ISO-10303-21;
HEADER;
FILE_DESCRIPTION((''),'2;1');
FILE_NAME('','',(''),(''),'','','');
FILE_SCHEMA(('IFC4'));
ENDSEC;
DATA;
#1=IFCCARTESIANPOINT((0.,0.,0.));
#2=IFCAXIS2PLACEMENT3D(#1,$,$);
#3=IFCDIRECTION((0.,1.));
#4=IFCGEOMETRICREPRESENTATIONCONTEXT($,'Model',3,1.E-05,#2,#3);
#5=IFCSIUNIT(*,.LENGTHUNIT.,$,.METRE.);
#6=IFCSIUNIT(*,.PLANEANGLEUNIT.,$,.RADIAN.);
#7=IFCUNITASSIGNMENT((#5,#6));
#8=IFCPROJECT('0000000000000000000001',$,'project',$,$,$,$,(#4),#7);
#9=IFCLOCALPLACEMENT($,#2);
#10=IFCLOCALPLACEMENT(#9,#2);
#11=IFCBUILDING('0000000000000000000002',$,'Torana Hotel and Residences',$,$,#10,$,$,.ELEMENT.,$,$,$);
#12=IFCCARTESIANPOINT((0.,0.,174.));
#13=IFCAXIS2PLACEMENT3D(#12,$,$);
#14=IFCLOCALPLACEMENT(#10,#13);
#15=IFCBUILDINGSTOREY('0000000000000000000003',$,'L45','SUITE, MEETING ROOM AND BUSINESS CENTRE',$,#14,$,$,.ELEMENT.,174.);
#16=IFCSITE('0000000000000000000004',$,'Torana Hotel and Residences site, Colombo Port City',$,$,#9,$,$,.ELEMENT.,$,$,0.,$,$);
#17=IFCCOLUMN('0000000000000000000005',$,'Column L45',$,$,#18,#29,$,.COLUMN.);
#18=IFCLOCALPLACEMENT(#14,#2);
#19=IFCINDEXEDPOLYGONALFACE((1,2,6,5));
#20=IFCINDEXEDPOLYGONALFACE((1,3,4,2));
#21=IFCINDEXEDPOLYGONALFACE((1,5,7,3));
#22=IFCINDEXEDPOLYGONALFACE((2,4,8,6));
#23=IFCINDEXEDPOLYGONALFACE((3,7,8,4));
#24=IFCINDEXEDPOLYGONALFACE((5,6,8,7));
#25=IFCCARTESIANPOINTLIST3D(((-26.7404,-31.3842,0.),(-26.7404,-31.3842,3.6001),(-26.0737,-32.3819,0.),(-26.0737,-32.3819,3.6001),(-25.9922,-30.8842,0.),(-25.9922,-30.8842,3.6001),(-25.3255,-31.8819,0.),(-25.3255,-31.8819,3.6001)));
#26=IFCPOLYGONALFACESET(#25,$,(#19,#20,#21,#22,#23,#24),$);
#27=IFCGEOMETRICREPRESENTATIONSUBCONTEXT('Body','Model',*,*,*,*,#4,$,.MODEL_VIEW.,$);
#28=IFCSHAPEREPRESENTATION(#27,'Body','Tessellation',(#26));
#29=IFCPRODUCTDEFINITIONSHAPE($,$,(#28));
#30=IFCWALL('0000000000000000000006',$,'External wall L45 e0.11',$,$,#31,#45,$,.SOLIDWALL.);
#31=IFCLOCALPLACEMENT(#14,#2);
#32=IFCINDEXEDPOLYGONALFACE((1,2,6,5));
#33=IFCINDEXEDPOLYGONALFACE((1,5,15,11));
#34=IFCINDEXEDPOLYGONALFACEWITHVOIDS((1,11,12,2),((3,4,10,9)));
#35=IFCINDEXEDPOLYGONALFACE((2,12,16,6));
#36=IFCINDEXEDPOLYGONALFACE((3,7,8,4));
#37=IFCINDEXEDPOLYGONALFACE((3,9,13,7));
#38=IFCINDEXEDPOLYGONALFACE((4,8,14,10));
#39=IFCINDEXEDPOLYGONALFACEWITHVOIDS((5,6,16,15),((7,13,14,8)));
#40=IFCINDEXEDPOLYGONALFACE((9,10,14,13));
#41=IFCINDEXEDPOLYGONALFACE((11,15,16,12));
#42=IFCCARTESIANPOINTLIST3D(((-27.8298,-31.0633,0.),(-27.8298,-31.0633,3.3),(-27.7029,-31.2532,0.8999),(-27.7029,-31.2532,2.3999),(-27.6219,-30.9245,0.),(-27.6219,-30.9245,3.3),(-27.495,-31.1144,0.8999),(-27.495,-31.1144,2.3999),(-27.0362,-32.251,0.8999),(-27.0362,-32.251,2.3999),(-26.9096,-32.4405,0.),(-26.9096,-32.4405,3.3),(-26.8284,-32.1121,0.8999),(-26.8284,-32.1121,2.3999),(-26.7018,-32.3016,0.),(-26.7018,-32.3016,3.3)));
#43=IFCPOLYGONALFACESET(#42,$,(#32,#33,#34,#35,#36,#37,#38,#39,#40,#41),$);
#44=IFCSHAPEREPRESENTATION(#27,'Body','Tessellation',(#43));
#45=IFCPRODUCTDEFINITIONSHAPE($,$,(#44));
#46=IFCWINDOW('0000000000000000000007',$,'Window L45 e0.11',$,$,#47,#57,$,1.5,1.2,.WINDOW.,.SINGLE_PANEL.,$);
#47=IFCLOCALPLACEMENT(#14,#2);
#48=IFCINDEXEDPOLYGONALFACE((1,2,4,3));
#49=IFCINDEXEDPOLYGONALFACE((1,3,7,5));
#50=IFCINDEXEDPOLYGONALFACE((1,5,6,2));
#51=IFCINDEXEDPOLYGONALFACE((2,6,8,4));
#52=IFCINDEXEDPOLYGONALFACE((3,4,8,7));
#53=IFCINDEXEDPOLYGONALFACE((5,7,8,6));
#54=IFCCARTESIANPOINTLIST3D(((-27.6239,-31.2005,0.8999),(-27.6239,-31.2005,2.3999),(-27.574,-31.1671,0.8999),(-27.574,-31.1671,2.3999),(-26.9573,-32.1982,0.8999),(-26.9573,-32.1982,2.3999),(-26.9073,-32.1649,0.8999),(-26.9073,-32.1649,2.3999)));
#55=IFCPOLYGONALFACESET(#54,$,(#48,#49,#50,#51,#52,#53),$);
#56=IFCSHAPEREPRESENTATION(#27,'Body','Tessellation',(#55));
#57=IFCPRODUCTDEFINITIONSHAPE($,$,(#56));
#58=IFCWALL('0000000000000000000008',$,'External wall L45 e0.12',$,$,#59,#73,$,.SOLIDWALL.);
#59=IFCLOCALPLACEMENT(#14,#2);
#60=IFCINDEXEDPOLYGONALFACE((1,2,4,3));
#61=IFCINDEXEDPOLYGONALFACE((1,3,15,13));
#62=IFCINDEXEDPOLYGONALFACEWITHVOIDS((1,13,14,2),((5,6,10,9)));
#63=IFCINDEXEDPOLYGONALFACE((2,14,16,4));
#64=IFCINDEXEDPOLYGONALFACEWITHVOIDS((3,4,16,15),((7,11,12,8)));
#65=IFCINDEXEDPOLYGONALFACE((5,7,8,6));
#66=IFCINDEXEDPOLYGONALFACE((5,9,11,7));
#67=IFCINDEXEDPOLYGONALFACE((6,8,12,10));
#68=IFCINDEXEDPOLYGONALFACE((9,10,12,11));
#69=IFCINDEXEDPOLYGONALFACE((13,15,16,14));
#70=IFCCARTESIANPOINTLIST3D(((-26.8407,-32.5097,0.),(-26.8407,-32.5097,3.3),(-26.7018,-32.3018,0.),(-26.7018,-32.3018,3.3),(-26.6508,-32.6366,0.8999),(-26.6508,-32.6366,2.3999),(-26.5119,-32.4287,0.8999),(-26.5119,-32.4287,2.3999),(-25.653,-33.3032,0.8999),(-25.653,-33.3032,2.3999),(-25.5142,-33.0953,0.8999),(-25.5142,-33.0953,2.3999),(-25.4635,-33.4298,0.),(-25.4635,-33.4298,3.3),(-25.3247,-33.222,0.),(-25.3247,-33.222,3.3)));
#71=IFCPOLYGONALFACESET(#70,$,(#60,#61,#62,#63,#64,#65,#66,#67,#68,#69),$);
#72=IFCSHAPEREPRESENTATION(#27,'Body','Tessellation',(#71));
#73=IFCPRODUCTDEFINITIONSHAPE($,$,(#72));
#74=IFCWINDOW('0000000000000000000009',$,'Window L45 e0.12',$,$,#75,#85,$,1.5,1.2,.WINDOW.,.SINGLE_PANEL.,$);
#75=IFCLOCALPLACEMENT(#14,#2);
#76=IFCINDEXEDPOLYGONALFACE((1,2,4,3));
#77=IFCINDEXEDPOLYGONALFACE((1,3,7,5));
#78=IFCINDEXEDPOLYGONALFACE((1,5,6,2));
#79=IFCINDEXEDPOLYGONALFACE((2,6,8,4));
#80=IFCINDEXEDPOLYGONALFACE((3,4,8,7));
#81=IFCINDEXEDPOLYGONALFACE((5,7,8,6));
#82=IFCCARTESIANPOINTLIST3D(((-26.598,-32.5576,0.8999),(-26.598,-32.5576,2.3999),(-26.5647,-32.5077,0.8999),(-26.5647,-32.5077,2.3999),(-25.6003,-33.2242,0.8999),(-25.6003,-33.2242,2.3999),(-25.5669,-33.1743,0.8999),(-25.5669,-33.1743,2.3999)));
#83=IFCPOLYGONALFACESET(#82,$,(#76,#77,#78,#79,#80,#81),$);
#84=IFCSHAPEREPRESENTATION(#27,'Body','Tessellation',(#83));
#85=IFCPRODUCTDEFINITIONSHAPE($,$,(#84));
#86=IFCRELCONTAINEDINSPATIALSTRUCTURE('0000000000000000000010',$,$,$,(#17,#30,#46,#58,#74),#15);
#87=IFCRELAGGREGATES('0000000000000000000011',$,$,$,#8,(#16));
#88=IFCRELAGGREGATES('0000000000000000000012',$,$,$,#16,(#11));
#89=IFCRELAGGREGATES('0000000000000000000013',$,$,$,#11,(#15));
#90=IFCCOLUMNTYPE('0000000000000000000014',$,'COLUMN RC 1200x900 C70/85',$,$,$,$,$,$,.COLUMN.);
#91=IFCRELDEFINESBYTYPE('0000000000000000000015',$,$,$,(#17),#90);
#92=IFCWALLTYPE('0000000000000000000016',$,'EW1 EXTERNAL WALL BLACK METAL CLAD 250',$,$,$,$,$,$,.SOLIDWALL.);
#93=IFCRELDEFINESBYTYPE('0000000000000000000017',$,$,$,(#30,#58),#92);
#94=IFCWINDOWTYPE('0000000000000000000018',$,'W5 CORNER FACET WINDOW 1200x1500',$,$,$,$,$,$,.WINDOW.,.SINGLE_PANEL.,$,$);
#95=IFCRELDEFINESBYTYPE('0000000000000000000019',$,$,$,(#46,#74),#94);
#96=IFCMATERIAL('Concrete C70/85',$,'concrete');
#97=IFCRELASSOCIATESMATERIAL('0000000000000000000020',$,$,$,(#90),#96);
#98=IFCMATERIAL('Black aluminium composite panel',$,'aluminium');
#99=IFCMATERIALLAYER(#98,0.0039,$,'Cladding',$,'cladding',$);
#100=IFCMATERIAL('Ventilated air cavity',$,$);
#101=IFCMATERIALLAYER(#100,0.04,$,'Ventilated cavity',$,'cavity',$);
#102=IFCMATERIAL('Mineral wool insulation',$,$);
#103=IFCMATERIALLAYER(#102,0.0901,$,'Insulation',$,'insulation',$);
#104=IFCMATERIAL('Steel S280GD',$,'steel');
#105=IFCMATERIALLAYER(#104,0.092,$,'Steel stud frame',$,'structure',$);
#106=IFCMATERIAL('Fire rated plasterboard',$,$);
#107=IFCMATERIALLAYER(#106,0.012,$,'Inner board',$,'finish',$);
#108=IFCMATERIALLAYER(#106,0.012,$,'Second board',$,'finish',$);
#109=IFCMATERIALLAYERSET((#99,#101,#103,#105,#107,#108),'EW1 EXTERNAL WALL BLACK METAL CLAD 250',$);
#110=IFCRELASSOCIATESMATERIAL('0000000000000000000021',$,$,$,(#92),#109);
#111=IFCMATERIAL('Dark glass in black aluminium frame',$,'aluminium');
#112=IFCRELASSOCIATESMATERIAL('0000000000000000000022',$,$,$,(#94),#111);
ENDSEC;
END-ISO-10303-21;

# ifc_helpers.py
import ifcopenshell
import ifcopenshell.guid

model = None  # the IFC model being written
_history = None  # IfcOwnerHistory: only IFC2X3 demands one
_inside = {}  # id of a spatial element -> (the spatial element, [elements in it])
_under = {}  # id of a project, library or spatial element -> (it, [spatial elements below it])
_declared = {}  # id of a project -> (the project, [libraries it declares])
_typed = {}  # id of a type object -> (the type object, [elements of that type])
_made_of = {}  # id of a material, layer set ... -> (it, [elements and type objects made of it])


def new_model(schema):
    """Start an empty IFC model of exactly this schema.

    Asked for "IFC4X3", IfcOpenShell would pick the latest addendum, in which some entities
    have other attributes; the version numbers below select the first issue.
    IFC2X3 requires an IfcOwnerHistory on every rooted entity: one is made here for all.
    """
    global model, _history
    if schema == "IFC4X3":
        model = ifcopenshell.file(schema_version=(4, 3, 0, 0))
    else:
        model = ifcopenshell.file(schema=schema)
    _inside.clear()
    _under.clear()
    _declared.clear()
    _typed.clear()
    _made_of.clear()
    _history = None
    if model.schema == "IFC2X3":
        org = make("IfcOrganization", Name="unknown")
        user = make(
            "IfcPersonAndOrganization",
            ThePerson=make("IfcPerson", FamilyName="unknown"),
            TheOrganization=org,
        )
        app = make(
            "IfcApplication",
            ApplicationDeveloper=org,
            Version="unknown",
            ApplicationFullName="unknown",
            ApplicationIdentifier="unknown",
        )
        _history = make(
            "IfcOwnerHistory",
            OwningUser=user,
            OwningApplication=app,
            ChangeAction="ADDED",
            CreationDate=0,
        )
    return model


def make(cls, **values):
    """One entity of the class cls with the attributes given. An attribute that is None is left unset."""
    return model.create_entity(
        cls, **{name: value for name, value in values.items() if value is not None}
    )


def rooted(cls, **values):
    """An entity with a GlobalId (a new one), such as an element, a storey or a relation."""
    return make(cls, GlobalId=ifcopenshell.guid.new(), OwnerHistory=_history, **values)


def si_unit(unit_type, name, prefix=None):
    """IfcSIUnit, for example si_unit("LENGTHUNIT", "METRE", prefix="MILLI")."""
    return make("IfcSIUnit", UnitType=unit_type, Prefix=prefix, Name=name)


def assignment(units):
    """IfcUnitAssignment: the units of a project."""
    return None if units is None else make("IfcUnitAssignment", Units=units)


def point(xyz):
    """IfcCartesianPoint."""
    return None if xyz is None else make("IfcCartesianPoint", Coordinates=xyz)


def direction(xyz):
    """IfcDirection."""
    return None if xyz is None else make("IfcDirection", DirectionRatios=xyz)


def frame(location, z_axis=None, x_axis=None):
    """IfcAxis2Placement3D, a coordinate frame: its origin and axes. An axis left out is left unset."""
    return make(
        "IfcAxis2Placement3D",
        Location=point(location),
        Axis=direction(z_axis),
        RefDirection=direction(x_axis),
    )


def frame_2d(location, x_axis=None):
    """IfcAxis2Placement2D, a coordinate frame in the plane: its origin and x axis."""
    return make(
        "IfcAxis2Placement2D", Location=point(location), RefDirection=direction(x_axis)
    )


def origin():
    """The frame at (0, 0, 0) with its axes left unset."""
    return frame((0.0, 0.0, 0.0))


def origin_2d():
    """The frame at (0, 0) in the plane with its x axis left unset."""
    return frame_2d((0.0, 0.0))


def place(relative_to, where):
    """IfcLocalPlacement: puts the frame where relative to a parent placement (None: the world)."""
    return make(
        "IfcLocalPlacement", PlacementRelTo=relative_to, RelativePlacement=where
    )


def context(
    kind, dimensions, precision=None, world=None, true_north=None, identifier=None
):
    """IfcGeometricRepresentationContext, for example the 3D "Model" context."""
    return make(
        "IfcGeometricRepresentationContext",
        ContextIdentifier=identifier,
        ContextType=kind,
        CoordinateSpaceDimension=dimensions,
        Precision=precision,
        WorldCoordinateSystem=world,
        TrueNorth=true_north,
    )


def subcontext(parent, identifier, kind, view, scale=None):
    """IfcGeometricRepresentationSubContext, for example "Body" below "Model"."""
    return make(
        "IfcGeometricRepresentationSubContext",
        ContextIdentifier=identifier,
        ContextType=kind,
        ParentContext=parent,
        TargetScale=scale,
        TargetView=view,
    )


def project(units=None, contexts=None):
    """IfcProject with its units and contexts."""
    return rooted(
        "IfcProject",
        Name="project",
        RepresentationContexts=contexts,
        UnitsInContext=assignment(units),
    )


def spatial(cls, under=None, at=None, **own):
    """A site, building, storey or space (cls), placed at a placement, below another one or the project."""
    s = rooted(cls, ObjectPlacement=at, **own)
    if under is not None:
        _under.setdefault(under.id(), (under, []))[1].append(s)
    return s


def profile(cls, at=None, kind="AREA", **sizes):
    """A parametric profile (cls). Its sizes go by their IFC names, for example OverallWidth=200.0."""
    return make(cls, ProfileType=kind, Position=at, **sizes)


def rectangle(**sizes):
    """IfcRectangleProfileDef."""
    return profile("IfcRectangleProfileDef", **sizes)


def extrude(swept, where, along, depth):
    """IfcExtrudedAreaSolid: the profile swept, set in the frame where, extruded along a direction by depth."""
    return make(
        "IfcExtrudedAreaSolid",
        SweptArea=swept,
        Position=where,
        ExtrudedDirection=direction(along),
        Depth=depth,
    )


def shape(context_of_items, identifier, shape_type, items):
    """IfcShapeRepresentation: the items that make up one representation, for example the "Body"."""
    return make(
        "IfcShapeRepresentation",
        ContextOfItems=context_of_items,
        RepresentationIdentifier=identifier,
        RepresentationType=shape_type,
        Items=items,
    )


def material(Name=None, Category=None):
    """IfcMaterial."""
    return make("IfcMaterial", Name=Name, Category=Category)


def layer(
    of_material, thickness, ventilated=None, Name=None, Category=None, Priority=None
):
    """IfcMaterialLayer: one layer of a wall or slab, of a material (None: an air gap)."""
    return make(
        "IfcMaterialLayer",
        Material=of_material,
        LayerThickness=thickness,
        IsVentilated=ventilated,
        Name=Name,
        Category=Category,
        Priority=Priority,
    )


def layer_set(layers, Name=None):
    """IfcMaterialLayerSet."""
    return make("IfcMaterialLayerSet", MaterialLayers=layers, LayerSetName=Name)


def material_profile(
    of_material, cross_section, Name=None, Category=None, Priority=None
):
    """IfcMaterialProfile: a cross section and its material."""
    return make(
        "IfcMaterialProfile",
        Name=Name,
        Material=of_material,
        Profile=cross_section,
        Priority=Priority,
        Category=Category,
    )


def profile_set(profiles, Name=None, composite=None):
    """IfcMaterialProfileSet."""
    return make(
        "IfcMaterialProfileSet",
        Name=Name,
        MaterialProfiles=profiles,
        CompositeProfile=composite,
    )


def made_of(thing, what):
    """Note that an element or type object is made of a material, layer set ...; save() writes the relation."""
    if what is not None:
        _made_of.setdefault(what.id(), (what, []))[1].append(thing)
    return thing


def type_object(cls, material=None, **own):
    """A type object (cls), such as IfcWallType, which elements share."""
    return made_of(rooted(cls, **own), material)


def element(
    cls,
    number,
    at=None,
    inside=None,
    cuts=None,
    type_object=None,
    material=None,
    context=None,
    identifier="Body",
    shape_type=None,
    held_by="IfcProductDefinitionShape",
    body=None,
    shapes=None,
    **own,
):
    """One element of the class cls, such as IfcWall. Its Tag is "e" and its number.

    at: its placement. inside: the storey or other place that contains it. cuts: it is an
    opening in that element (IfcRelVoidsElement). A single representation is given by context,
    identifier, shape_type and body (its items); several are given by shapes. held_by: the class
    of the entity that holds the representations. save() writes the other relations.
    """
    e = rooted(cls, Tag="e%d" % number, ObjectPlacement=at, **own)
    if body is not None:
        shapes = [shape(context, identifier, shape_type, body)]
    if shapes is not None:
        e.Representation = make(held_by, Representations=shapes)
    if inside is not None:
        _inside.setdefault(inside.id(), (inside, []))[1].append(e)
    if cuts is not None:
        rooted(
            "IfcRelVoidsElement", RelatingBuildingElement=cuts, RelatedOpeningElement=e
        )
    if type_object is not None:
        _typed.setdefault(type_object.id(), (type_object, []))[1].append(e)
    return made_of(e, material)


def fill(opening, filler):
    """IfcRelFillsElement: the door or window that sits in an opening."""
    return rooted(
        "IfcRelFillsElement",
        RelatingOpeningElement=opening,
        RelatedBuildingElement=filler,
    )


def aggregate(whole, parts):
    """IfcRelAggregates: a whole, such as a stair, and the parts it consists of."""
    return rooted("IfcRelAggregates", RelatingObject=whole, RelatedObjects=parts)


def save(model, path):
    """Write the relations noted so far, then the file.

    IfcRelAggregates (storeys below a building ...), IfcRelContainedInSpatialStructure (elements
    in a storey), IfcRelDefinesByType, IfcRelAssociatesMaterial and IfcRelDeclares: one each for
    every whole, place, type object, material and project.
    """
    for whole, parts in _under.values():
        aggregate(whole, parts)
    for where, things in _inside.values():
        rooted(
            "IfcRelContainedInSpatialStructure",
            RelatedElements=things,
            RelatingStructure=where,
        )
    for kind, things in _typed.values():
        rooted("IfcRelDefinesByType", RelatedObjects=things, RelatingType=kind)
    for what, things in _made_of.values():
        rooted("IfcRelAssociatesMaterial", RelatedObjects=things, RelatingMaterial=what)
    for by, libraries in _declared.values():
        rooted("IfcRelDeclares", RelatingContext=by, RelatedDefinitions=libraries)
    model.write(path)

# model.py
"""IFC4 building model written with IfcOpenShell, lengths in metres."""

from ifc_helpers import new_model, si_unit, direction, frame, frame_2d, origin, origin_2d, place, context, subcontext, project, spatial, rectangle, extrude, material, layer, layer_set, material_profile, profile_set, type_object, element, fill, save


model = new_model("IFC4")

# Units and contexts
model_context = context("Model", 3, precision=1e-05, world=origin(), true_north=direction((0.0, 1.0)))
body_context = subcontext(model_context, "Body", "Model", "MODEL_VIEW")
ifc_project = project(units=[si_unit("LENGTHUNIT", "METRE"), si_unit("PLANEANGLEUNIT", "RADIAN")], contexts=[model_context])

# Site, building, storey
site_placement = place(None, origin())
site = spatial("IfcSite", under=ifc_project, at=site_placement, Name="Torana Hotel and Residences site, Colombo Port City", CompositionType="ELEMENT", RefElevation=0.0)
building_placement = place(site_placement, origin())
building = spatial("IfcBuilding", under=site, at=building_placement, Name="Torana Hotel and Residences", CompositionType="ELEMENT")
storey_placement = place(building_placement, frame((0.0, 0.0, 174.0)))
storey = spatial("IfcBuildingStorey", under=building, at=storey_placement, Name="L45", Description="SUITE, MEETING ROOM AND BUSINESS CENTRE", CompositionType="ELEMENT", Elevation=174.0)

# Column
ifc_material_1 = material(Name="Concrete C70/85", Category="concrete")
ifc_material_profile = material_profile(ifc_material_1, rectangle(XDim=1.2, YDim=0.8999, at=origin_2d()), Name="RC 1200x900")
ifc_profile_set = profile_set([ifc_material_profile], Name="Concrete C70/85")
column_type = type_object("IfcColumnType", Name="COLUMN RC 1200x900 C70/85", PredefinedType="COLUMN", material=ifc_profile_set)
column_placement = place(storey_placement, frame((-26.033, -31.6331, 0.0), z_axis=(0.0, 0.0, 1.0), x_axis=(-0.555585, 0.83146, 0.0)))
element("IfcColumn", 1, at=column_placement, inside=storey, type_object=column_type, Name="Column L45", PredefinedType="COLUMN", context=body_context, shape_type="SweptSolid", body=[
    extrude(rectangle(XDim=1.2, YDim=0.8999, at=origin_2d()), origin(), (0.0, 0.0, 1.0), 3.6001),
])

# Walls, openings, windows
ifc_material_2 = material(Name="Black aluminium composite panel", Category="aluminium")
ifc_layer_1 = layer(ifc_material_2, 0.0039, Name="Cladding", Category="cladding")
ifc_material_3 = material(Name="Ventilated air cavity")
ifc_layer_2 = layer(ifc_material_3, 0.04, Name="Ventilated cavity", Category="cavity")
ifc_material_4 = material(Name="Mineral wool insulation")
ifc_layer_3 = layer(ifc_material_4, 0.0901, Name="Insulation", Category="insulation")
ifc_material_5 = material(Name="Steel S280GD", Category="steel")
ifc_layer_4 = layer(ifc_material_5, 0.092, Name="Steel stud frame", Category="structure")
ifc_material_6 = material(Name="Fire rated plasterboard")
ifc_layer_5 = layer(ifc_material_6, 0.012, Name="Inner board", Category="finish")
ifc_layer_6 = layer(ifc_material_6, 0.012, Name="Second board", Category="finish")
ifc_layer_set = layer_set([ifc_layer_1, ifc_layer_2, ifc_layer_3, ifc_layer_4, ifc_layer_5, ifc_layer_6], Name="EW1 EXTERNAL WALL BLACK METAL CLAD 250")
wall_type = type_object("IfcWallType", Name="EW1 EXTERNAL WALL BLACK METAL CLAD 250", PredefinedType="SOLIDWALL", material=ifc_layer_set)
wall_1_placement = place(storey_placement, frame((-27.7258, -30.9939, 0.0), z_axis=(0.0, 0.0, 1.0), x_axis=(0.55555, -0.831483, 0.0)))
wall_1 = element("IfcWall", 2, at=wall_1_placement, inside=storey, type_object=wall_type, Name="External wall L45 e0.11", PredefinedType="SOLIDWALL", context=body_context, shape_type="SweptSolid", body=[
    extrude(rectangle(XDim=1.6562, YDim=0.25, at=frame_2d((0.8281, 0.0))), origin(), (0.0, 0.0, 1.0), 3.3),
])
opening_1_placement = place(wall_1_placement, frame((0.2283, 0.0, 0.8999)))
opening_1 = element("IfcOpeningElement", 3, at=opening_1_placement, cuts=wall_1, PredefinedType="OPENING", context=body_context, shape_type="SweptSolid", body=[
    extrude(rectangle(XDim=1.2, YDim=1.5, at=frame_2d((0.6001, 0.75))), frame((0.0, 0.135, 0.0), z_axis=(0.0, -1.0, 0.0), x_axis=(1.0, 0.0, 0.0)), (0.0, 0.0, 1.0), 0.27),
])
ifc_material_7 = material(Name="Dark glass in black aluminium frame", Category="aluminium")
window_type = type_object("IfcWindowType", Name="W5 CORNER FACET WINDOW 1200x1500", PartitioningType="SINGLE_PANEL", PredefinedType="WINDOW", material=ifc_material_7)
window_1_placement = place(opening_1_placement, origin())
window_1 = element("IfcWindow", 4, at=window_1_placement, inside=storey, type_object=window_type, Name="Window L45 e0.11", OverallHeight=1.5, OverallWidth=1.2, PartitioningType="SINGLE_PANEL", PredefinedType="WINDOW", context=body_context, shape_type="SweptSolid", body=[
    extrude(rectangle(XDim=1.2, YDim=1.5, at=frame_2d((0.6001, 0.75))), frame((0.0, 0.03, 0.0), z_axis=(0.0, -1.0, 0.0), x_axis=(1.0, 0.0, 0.0)), (0.0, 0.0, 1.0), 0.0601),
])
fill(opening_1, window_1)
wall_2_placement = place(storey_placement, frame((-26.7712, -32.4058, 0.0), z_axis=(0.0, 0.0, 1.0), x_axis=(0.831483, -0.55555, 0.0)))
wall_2 = element("IfcWall", 5, at=wall_2_placement, inside=storey, type_object=wall_type, Name="External wall L45 e0.12", PredefinedType="SOLIDWALL", context=body_context, shape_type="SweptSolid", body=[
    extrude(rectangle(XDim=1.6562, YDim=0.25, at=frame_2d((0.8281, 0.0))), origin(), (0.0, 0.0, 1.0), 3.3),
])
opening_2_placement = place(wall_2_placement, frame((0.2283, 0.0, 0.8999)))
opening_2 = element("IfcOpeningElement", 6, at=opening_2_placement, cuts=wall_2, PredefinedType="OPENING", context=body_context, shape_type="SweptSolid", body=[
    extrude(rectangle(XDim=1.2, YDim=1.5, at=frame_2d((0.6001, 0.75))), frame((0.0, 0.135, 0.0), z_axis=(0.0, -1.0, 0.0), x_axis=(1.0, 0.0, 0.0)), (0.0, 0.0, 1.0), 0.27),
])
window_2_placement = place(opening_2_placement, origin())
window_2 = element("IfcWindow", 7, at=window_2_placement, inside=storey, type_object=window_type, Name="Window L45 e0.12", OverallHeight=1.5, OverallWidth=1.2, PartitioningType="SINGLE_PANEL", PredefinedType="WINDOW", context=body_context, shape_type="SweptSolid", body=[
    extrude(rectangle(XDim=1.2, YDim=1.5, at=frame_2d((0.6001, 0.75))), frame((0.0, 0.03, 0.0), z_axis=(0.0, -1.0, 0.0), x_axis=(1.0, 0.0, 0.0)), (0.0, 0.0, 1.0), 0.0601),
])
fill(opening_2, window_2)

save(model, "model.ifc")
